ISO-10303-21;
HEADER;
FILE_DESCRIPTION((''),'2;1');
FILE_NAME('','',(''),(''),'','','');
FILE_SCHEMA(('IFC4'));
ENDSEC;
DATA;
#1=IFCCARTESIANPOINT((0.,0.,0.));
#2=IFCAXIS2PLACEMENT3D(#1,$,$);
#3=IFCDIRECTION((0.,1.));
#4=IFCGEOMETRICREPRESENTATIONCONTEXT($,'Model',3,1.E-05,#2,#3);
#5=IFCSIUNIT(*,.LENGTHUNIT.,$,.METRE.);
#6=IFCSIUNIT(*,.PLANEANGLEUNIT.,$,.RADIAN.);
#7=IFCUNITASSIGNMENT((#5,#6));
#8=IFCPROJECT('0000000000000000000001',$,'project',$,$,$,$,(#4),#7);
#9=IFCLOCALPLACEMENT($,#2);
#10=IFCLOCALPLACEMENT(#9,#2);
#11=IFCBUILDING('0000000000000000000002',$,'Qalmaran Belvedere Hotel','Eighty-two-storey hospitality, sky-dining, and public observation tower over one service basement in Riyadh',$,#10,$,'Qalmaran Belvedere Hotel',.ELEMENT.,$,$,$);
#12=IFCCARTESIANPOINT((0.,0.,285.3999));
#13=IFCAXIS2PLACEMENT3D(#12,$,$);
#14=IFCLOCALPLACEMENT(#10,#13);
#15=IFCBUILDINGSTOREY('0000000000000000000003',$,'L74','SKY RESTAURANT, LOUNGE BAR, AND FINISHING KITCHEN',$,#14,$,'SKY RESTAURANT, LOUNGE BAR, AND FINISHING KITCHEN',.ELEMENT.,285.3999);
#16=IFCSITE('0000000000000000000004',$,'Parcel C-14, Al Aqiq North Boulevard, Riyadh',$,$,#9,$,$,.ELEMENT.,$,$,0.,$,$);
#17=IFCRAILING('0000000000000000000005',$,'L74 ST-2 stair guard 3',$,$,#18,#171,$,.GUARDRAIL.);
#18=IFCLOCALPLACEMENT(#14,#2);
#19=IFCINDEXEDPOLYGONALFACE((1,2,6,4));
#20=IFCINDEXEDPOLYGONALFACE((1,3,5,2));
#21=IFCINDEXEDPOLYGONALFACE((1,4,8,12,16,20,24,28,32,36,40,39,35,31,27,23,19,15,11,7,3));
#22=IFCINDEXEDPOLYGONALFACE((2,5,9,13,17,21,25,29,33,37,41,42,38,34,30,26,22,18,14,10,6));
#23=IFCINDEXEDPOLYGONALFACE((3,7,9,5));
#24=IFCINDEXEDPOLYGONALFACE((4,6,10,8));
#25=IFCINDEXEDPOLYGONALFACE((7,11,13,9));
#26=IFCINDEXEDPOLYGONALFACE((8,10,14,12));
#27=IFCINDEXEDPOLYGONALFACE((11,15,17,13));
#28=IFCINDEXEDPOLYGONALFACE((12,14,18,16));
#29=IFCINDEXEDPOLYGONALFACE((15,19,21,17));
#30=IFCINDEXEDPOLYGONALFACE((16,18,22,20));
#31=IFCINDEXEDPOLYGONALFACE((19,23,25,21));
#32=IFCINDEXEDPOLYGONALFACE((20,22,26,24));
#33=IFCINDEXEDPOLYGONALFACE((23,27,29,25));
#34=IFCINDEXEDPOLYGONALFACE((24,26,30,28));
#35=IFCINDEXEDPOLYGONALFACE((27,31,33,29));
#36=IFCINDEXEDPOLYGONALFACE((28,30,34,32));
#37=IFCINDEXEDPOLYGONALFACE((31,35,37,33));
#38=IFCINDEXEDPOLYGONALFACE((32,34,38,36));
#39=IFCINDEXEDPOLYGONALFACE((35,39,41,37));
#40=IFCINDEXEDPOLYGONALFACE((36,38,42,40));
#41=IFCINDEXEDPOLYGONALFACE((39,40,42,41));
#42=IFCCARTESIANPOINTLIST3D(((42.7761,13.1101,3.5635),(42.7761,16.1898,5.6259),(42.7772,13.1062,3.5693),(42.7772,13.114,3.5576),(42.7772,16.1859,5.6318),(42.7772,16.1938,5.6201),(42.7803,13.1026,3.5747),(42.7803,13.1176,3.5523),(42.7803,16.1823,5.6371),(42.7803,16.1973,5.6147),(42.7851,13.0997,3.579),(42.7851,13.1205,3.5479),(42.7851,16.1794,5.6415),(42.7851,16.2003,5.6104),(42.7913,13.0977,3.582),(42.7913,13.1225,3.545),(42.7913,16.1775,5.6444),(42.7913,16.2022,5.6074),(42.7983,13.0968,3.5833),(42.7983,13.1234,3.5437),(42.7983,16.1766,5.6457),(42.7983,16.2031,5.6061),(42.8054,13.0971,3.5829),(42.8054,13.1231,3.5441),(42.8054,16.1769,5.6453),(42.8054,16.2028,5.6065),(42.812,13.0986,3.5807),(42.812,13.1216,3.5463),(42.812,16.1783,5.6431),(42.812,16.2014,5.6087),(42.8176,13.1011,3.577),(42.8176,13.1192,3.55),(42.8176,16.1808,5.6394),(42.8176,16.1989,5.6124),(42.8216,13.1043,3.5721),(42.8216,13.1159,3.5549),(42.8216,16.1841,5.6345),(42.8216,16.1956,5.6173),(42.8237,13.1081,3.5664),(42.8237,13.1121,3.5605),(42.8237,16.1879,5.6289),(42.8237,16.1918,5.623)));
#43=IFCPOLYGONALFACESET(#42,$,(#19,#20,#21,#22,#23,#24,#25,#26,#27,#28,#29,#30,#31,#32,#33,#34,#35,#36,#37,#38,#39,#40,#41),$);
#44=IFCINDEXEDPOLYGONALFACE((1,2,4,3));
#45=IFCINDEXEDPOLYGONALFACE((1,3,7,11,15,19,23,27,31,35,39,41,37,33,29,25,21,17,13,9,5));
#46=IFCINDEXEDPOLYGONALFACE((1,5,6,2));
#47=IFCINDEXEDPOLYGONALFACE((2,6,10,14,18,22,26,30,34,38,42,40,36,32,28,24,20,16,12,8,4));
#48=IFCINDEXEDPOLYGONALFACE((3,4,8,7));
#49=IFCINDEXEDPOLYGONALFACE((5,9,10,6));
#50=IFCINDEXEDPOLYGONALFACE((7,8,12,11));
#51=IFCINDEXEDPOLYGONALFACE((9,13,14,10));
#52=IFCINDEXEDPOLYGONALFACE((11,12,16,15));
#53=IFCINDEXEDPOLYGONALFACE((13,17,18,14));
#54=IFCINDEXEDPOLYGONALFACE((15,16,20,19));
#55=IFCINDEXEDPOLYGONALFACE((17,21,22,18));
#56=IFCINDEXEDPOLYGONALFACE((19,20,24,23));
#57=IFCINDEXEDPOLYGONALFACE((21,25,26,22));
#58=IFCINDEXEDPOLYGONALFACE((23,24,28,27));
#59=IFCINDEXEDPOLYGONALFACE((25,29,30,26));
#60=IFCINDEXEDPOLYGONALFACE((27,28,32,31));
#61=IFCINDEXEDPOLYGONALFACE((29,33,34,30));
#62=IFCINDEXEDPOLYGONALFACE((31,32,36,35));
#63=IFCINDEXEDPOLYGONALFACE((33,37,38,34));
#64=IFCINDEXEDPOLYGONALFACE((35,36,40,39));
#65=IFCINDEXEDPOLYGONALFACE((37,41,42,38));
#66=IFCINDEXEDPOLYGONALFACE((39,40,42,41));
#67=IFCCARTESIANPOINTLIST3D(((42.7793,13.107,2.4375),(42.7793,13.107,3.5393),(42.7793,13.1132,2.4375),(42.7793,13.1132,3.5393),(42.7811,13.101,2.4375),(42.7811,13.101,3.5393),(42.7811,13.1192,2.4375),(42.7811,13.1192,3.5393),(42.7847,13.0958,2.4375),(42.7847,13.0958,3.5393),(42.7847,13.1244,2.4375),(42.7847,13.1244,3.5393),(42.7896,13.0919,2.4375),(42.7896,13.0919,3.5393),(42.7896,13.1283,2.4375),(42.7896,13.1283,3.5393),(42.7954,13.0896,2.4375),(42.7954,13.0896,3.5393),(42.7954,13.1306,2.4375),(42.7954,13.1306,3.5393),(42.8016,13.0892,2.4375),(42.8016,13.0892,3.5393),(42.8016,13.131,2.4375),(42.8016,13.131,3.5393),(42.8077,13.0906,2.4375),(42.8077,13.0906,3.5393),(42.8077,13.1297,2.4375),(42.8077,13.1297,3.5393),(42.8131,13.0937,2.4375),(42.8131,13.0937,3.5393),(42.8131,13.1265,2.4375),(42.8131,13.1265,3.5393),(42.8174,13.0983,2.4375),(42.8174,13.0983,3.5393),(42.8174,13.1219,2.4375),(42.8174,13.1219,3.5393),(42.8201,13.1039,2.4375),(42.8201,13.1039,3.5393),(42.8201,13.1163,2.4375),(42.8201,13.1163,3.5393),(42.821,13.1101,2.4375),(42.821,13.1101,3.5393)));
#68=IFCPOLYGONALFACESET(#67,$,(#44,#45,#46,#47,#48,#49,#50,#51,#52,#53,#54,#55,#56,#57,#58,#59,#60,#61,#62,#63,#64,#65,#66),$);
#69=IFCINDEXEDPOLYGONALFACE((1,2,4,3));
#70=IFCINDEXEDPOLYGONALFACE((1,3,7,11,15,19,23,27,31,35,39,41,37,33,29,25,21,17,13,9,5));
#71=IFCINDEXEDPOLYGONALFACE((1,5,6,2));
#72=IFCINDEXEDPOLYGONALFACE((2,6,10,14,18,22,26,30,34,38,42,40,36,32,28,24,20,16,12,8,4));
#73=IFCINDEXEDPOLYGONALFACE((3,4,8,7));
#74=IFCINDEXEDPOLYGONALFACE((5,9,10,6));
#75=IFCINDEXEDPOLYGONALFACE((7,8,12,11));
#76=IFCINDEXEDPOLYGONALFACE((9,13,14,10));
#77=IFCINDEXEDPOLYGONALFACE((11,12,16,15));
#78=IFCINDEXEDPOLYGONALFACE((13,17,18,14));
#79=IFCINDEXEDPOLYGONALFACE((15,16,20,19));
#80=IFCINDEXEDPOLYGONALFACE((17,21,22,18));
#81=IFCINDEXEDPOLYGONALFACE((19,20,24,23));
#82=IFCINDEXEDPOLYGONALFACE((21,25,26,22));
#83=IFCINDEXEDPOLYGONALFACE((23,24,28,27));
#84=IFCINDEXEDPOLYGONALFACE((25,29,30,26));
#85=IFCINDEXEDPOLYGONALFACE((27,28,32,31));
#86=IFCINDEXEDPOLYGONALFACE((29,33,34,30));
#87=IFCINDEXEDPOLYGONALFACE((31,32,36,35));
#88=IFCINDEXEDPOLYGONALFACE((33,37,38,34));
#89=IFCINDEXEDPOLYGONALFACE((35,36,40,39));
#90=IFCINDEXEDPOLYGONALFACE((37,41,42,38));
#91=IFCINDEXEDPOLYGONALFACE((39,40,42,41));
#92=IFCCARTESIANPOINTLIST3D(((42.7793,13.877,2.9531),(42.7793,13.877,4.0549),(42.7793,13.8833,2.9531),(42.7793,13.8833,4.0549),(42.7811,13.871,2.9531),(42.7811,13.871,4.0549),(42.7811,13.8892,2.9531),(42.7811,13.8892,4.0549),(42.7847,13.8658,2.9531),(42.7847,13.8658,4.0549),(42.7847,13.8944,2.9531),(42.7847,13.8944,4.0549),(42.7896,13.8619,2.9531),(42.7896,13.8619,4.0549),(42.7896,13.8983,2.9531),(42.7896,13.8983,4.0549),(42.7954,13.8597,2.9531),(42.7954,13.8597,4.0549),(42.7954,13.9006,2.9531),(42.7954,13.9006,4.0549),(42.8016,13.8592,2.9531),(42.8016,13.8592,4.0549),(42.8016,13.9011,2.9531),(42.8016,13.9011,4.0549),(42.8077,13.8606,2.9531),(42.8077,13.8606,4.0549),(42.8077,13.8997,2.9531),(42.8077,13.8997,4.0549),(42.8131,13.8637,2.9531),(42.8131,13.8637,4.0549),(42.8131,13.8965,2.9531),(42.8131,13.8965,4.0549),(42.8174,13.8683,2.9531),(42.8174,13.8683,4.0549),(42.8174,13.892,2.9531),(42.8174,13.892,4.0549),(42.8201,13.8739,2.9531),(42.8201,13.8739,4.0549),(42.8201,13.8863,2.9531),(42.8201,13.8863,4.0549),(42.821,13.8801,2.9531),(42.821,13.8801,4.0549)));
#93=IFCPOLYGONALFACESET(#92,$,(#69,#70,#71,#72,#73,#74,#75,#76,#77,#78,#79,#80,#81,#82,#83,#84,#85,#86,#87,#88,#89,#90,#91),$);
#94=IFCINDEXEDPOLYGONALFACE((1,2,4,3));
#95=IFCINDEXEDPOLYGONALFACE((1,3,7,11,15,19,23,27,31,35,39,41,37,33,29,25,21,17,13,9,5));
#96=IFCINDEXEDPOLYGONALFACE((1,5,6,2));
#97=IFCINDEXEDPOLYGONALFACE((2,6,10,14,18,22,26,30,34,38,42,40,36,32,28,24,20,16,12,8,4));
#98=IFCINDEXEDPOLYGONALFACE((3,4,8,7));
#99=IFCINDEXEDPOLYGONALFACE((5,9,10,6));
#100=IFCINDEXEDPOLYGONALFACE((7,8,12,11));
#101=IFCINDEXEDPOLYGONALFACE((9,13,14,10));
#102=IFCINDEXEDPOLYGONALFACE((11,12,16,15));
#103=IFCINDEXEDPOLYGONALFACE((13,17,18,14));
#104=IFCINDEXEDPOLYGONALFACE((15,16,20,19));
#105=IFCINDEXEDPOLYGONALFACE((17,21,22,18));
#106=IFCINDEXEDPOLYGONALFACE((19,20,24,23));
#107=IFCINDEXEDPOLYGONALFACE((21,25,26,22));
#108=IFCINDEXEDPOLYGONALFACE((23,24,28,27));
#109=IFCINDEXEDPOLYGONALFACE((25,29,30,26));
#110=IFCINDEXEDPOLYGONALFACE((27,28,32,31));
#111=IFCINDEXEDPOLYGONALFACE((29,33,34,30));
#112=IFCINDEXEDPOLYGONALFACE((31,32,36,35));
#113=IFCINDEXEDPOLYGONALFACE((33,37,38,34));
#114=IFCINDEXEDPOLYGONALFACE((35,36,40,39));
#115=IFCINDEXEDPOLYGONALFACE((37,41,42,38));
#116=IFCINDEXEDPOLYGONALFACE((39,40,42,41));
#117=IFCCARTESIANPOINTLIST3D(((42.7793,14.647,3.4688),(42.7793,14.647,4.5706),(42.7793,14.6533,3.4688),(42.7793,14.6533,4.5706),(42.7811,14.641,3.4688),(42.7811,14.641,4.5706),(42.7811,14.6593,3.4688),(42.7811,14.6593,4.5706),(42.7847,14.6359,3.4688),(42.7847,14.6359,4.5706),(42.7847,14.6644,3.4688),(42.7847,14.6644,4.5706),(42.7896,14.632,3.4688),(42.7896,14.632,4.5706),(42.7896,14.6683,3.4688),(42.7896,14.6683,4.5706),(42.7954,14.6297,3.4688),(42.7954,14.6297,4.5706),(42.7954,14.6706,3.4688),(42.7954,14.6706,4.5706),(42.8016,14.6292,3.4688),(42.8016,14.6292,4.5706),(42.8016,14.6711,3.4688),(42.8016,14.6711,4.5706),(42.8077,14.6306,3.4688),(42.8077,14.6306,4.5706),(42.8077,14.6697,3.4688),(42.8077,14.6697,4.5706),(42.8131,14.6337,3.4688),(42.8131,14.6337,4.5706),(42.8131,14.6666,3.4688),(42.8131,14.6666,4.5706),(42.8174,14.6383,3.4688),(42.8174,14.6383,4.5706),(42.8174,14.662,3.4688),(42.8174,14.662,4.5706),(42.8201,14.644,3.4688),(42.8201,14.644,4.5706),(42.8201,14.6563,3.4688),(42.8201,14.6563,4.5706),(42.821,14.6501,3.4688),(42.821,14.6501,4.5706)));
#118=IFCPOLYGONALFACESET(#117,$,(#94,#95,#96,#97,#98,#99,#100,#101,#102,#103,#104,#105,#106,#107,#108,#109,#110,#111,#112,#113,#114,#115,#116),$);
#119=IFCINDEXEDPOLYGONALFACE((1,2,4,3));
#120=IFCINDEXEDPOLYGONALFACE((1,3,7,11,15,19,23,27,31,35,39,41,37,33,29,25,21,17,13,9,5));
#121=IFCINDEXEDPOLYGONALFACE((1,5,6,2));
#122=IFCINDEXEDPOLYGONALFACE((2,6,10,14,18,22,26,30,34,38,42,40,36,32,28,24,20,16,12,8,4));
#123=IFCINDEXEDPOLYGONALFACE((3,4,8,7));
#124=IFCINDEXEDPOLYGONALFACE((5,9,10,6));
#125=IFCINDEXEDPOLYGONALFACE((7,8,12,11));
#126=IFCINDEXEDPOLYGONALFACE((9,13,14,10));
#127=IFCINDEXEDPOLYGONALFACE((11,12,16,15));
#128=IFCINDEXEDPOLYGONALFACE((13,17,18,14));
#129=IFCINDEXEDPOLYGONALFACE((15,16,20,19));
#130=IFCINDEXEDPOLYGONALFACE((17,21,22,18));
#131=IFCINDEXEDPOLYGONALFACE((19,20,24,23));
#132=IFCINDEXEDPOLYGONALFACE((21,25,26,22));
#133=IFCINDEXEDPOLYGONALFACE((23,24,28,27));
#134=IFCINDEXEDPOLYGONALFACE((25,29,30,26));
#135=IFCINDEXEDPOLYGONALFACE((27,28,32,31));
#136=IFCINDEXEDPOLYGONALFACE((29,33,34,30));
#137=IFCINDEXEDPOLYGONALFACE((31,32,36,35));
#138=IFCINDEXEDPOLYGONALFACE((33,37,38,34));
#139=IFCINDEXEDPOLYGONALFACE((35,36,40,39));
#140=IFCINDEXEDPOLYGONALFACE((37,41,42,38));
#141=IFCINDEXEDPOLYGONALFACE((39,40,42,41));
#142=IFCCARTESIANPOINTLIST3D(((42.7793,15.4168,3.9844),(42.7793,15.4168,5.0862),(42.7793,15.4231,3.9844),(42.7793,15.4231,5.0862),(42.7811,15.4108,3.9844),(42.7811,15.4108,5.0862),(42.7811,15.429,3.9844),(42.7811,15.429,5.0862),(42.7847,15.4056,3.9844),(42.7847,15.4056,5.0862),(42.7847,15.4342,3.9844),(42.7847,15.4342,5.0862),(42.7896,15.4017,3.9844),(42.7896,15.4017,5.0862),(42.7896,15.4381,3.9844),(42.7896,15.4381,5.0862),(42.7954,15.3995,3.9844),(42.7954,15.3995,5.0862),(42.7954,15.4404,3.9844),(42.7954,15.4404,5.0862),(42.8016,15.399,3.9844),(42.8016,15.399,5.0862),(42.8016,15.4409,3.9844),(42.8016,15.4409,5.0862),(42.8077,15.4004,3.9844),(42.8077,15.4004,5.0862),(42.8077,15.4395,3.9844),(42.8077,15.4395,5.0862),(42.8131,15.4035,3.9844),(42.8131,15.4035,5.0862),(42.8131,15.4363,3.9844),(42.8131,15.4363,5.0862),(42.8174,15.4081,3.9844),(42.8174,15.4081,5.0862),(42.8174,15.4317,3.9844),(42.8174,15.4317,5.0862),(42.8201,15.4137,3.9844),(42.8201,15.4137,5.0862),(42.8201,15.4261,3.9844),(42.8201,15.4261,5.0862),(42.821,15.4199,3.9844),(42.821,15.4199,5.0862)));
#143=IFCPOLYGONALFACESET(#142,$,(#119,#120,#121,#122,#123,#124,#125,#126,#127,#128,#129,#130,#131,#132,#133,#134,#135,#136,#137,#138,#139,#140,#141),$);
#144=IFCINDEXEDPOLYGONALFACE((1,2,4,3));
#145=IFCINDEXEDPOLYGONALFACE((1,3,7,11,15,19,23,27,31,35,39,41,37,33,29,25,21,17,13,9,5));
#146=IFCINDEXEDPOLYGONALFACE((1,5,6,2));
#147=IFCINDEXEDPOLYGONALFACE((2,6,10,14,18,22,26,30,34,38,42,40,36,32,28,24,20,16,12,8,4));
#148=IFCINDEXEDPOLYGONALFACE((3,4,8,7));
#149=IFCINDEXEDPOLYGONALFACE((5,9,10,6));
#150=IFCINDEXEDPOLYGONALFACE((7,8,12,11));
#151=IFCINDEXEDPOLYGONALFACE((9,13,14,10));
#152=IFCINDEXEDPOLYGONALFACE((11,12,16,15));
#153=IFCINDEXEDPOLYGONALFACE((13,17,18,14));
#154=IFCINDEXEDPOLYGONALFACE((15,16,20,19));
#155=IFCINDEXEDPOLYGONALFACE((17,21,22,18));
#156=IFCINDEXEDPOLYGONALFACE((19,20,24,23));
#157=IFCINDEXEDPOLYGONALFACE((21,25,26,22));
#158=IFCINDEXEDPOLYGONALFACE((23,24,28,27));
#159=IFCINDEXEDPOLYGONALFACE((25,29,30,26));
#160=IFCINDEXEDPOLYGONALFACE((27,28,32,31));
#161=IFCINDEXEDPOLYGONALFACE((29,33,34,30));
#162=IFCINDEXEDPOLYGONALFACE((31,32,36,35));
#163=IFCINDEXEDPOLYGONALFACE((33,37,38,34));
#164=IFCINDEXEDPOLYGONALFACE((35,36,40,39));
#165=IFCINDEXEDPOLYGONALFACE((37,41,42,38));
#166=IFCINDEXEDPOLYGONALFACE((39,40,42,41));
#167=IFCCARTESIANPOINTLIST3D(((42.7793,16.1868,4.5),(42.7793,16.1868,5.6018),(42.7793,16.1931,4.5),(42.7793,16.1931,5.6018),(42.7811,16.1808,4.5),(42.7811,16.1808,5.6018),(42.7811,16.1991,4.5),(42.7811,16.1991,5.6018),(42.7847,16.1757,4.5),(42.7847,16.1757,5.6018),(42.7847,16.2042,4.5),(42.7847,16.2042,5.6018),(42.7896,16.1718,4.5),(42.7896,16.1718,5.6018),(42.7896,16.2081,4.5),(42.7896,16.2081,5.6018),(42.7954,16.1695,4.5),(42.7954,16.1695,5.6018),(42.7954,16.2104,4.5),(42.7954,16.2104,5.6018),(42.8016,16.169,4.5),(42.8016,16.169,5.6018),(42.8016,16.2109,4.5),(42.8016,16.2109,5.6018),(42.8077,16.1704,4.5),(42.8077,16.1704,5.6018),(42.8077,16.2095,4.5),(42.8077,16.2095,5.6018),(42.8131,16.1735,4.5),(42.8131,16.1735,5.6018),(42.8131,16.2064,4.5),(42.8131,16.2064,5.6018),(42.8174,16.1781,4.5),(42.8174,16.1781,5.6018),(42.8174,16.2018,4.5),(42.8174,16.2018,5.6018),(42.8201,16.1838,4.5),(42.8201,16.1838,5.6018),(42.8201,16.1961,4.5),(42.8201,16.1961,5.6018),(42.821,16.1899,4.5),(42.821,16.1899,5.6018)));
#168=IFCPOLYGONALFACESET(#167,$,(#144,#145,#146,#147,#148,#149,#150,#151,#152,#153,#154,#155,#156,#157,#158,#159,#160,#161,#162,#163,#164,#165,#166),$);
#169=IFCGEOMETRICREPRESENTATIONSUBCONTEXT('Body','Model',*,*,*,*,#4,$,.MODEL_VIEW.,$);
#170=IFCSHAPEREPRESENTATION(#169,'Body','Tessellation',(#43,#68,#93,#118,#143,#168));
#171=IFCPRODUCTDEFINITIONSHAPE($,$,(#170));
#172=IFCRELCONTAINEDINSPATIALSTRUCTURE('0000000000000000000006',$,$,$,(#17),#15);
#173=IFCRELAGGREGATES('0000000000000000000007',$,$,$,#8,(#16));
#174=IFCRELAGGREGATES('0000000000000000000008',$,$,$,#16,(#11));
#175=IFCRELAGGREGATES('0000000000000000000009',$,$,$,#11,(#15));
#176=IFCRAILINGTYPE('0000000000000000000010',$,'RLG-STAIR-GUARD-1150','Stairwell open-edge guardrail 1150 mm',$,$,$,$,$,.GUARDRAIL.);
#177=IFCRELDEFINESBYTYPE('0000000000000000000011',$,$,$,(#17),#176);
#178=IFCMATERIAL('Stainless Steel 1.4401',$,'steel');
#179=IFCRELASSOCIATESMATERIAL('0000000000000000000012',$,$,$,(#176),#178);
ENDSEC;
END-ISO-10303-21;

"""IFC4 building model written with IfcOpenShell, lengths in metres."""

from ifc_helpers import new_model, si_unit, direction, frame, origin, origin_2d, place, context, subcontext, project, spatial, circle, extrude, material, type_object, element, save


model = new_model("IFC4")

# Units and contexts
model_context = context("Model", 3, precision=1e-05, world=origin(), true_north=direction((0.0, 1.0)))
body_context = subcontext(model_context, "Body", "Model", "MODEL_VIEW")
ifc_project = project(units=[si_unit("LENGTHUNIT", "METRE"), si_unit("PLANEANGLEUNIT", "RADIAN")], contexts=[model_context])

# Site, building, storey
site_placement = place(None, origin())
site = spatial("IfcSite", under=ifc_project, at=site_placement, Name="Parcel C-14, Al Aqiq North Boulevard, Riyadh", CompositionType="ELEMENT", RefElevation=0.0)
building_placement = place(site_placement, origin())
building = spatial("IfcBuilding", under=site, at=building_placement, Name="Qalmaran Belvedere Hotel", Description="Eighty-two-storey hospitality, sky-dining, and public observation tower over one service basement in Riyadh", LongName="Qalmaran Belvedere Hotel", CompositionType="ELEMENT")
storey_placement = place(building_placement, frame((0.0, 0.0, 285.3999)))
storey = spatial("IfcBuildingStorey", under=building, at=storey_placement, Name="L74", Description="SKY RESTAURANT, LOUNGE BAR, AND FINISHING KITCHEN", LongName="SKY RESTAURANT, LOUNGE BAR, AND FINISHING KITCHEN", CompositionType="ELEMENT", Elevation=285.3999)

# Railing
ifc_material_1 = material(Name="Stainless Steel 1.4401", Category="steel")
railing_type_1 = type_object("IfcRailingType", Name="RLG-STAIR-GUARD-1150", Description="Stairwell open-edge guardrail 1150 mm", PredefinedType="GUARDRAIL", material=ifc_material_1)
railing_1_placement = place(storey_placement, frame((42.8, 13.1101, 2.4375)))
element("IfcRailing", 1, at=railing_1_placement, inside=storey, type_object=railing_type_1, Name="L74 ST-2 stair guard 3", PredefinedType="GUARDRAIL", context=body_context, shape_type="SweptSolid", body=[
    extrude(circle(Radius=0.0239, at=origin_2d()), frame((0.0, 0.0, 1.126), z_axis=(0.0, 0.830893, 0.556432), x_axis=(-1.0, 0.0, 0.0)), (0.0, 0.0, 1.0), 3.7065),
    extrude(circle(Radius=0.021, at=origin_2d()), origin(), (0.0, 0.0, 1.0), 1.1018),
    extrude(circle(Radius=0.021, at=origin_2d()), frame((0.0, 0.77, 0.5156)), (0.0, 0.0, 1.0), 1.1018),
    extrude(circle(Radius=0.021, at=origin_2d()), frame((0.0, 1.54, 1.0312)), (0.0, 0.0, 1.0), 1.1018),
    extrude(circle(Radius=0.021, at=origin_2d()), frame((0.0, 2.3098, 1.5469)), (0.0, 0.0, 1.0), 1.1018),
    extrude(circle(Radius=0.021, at=origin_2d()), frame((0.0, 3.0798, 2.0625)), (0.0, 0.0, 1.0), 1.1018),
])

save(model, "model.ifc")
